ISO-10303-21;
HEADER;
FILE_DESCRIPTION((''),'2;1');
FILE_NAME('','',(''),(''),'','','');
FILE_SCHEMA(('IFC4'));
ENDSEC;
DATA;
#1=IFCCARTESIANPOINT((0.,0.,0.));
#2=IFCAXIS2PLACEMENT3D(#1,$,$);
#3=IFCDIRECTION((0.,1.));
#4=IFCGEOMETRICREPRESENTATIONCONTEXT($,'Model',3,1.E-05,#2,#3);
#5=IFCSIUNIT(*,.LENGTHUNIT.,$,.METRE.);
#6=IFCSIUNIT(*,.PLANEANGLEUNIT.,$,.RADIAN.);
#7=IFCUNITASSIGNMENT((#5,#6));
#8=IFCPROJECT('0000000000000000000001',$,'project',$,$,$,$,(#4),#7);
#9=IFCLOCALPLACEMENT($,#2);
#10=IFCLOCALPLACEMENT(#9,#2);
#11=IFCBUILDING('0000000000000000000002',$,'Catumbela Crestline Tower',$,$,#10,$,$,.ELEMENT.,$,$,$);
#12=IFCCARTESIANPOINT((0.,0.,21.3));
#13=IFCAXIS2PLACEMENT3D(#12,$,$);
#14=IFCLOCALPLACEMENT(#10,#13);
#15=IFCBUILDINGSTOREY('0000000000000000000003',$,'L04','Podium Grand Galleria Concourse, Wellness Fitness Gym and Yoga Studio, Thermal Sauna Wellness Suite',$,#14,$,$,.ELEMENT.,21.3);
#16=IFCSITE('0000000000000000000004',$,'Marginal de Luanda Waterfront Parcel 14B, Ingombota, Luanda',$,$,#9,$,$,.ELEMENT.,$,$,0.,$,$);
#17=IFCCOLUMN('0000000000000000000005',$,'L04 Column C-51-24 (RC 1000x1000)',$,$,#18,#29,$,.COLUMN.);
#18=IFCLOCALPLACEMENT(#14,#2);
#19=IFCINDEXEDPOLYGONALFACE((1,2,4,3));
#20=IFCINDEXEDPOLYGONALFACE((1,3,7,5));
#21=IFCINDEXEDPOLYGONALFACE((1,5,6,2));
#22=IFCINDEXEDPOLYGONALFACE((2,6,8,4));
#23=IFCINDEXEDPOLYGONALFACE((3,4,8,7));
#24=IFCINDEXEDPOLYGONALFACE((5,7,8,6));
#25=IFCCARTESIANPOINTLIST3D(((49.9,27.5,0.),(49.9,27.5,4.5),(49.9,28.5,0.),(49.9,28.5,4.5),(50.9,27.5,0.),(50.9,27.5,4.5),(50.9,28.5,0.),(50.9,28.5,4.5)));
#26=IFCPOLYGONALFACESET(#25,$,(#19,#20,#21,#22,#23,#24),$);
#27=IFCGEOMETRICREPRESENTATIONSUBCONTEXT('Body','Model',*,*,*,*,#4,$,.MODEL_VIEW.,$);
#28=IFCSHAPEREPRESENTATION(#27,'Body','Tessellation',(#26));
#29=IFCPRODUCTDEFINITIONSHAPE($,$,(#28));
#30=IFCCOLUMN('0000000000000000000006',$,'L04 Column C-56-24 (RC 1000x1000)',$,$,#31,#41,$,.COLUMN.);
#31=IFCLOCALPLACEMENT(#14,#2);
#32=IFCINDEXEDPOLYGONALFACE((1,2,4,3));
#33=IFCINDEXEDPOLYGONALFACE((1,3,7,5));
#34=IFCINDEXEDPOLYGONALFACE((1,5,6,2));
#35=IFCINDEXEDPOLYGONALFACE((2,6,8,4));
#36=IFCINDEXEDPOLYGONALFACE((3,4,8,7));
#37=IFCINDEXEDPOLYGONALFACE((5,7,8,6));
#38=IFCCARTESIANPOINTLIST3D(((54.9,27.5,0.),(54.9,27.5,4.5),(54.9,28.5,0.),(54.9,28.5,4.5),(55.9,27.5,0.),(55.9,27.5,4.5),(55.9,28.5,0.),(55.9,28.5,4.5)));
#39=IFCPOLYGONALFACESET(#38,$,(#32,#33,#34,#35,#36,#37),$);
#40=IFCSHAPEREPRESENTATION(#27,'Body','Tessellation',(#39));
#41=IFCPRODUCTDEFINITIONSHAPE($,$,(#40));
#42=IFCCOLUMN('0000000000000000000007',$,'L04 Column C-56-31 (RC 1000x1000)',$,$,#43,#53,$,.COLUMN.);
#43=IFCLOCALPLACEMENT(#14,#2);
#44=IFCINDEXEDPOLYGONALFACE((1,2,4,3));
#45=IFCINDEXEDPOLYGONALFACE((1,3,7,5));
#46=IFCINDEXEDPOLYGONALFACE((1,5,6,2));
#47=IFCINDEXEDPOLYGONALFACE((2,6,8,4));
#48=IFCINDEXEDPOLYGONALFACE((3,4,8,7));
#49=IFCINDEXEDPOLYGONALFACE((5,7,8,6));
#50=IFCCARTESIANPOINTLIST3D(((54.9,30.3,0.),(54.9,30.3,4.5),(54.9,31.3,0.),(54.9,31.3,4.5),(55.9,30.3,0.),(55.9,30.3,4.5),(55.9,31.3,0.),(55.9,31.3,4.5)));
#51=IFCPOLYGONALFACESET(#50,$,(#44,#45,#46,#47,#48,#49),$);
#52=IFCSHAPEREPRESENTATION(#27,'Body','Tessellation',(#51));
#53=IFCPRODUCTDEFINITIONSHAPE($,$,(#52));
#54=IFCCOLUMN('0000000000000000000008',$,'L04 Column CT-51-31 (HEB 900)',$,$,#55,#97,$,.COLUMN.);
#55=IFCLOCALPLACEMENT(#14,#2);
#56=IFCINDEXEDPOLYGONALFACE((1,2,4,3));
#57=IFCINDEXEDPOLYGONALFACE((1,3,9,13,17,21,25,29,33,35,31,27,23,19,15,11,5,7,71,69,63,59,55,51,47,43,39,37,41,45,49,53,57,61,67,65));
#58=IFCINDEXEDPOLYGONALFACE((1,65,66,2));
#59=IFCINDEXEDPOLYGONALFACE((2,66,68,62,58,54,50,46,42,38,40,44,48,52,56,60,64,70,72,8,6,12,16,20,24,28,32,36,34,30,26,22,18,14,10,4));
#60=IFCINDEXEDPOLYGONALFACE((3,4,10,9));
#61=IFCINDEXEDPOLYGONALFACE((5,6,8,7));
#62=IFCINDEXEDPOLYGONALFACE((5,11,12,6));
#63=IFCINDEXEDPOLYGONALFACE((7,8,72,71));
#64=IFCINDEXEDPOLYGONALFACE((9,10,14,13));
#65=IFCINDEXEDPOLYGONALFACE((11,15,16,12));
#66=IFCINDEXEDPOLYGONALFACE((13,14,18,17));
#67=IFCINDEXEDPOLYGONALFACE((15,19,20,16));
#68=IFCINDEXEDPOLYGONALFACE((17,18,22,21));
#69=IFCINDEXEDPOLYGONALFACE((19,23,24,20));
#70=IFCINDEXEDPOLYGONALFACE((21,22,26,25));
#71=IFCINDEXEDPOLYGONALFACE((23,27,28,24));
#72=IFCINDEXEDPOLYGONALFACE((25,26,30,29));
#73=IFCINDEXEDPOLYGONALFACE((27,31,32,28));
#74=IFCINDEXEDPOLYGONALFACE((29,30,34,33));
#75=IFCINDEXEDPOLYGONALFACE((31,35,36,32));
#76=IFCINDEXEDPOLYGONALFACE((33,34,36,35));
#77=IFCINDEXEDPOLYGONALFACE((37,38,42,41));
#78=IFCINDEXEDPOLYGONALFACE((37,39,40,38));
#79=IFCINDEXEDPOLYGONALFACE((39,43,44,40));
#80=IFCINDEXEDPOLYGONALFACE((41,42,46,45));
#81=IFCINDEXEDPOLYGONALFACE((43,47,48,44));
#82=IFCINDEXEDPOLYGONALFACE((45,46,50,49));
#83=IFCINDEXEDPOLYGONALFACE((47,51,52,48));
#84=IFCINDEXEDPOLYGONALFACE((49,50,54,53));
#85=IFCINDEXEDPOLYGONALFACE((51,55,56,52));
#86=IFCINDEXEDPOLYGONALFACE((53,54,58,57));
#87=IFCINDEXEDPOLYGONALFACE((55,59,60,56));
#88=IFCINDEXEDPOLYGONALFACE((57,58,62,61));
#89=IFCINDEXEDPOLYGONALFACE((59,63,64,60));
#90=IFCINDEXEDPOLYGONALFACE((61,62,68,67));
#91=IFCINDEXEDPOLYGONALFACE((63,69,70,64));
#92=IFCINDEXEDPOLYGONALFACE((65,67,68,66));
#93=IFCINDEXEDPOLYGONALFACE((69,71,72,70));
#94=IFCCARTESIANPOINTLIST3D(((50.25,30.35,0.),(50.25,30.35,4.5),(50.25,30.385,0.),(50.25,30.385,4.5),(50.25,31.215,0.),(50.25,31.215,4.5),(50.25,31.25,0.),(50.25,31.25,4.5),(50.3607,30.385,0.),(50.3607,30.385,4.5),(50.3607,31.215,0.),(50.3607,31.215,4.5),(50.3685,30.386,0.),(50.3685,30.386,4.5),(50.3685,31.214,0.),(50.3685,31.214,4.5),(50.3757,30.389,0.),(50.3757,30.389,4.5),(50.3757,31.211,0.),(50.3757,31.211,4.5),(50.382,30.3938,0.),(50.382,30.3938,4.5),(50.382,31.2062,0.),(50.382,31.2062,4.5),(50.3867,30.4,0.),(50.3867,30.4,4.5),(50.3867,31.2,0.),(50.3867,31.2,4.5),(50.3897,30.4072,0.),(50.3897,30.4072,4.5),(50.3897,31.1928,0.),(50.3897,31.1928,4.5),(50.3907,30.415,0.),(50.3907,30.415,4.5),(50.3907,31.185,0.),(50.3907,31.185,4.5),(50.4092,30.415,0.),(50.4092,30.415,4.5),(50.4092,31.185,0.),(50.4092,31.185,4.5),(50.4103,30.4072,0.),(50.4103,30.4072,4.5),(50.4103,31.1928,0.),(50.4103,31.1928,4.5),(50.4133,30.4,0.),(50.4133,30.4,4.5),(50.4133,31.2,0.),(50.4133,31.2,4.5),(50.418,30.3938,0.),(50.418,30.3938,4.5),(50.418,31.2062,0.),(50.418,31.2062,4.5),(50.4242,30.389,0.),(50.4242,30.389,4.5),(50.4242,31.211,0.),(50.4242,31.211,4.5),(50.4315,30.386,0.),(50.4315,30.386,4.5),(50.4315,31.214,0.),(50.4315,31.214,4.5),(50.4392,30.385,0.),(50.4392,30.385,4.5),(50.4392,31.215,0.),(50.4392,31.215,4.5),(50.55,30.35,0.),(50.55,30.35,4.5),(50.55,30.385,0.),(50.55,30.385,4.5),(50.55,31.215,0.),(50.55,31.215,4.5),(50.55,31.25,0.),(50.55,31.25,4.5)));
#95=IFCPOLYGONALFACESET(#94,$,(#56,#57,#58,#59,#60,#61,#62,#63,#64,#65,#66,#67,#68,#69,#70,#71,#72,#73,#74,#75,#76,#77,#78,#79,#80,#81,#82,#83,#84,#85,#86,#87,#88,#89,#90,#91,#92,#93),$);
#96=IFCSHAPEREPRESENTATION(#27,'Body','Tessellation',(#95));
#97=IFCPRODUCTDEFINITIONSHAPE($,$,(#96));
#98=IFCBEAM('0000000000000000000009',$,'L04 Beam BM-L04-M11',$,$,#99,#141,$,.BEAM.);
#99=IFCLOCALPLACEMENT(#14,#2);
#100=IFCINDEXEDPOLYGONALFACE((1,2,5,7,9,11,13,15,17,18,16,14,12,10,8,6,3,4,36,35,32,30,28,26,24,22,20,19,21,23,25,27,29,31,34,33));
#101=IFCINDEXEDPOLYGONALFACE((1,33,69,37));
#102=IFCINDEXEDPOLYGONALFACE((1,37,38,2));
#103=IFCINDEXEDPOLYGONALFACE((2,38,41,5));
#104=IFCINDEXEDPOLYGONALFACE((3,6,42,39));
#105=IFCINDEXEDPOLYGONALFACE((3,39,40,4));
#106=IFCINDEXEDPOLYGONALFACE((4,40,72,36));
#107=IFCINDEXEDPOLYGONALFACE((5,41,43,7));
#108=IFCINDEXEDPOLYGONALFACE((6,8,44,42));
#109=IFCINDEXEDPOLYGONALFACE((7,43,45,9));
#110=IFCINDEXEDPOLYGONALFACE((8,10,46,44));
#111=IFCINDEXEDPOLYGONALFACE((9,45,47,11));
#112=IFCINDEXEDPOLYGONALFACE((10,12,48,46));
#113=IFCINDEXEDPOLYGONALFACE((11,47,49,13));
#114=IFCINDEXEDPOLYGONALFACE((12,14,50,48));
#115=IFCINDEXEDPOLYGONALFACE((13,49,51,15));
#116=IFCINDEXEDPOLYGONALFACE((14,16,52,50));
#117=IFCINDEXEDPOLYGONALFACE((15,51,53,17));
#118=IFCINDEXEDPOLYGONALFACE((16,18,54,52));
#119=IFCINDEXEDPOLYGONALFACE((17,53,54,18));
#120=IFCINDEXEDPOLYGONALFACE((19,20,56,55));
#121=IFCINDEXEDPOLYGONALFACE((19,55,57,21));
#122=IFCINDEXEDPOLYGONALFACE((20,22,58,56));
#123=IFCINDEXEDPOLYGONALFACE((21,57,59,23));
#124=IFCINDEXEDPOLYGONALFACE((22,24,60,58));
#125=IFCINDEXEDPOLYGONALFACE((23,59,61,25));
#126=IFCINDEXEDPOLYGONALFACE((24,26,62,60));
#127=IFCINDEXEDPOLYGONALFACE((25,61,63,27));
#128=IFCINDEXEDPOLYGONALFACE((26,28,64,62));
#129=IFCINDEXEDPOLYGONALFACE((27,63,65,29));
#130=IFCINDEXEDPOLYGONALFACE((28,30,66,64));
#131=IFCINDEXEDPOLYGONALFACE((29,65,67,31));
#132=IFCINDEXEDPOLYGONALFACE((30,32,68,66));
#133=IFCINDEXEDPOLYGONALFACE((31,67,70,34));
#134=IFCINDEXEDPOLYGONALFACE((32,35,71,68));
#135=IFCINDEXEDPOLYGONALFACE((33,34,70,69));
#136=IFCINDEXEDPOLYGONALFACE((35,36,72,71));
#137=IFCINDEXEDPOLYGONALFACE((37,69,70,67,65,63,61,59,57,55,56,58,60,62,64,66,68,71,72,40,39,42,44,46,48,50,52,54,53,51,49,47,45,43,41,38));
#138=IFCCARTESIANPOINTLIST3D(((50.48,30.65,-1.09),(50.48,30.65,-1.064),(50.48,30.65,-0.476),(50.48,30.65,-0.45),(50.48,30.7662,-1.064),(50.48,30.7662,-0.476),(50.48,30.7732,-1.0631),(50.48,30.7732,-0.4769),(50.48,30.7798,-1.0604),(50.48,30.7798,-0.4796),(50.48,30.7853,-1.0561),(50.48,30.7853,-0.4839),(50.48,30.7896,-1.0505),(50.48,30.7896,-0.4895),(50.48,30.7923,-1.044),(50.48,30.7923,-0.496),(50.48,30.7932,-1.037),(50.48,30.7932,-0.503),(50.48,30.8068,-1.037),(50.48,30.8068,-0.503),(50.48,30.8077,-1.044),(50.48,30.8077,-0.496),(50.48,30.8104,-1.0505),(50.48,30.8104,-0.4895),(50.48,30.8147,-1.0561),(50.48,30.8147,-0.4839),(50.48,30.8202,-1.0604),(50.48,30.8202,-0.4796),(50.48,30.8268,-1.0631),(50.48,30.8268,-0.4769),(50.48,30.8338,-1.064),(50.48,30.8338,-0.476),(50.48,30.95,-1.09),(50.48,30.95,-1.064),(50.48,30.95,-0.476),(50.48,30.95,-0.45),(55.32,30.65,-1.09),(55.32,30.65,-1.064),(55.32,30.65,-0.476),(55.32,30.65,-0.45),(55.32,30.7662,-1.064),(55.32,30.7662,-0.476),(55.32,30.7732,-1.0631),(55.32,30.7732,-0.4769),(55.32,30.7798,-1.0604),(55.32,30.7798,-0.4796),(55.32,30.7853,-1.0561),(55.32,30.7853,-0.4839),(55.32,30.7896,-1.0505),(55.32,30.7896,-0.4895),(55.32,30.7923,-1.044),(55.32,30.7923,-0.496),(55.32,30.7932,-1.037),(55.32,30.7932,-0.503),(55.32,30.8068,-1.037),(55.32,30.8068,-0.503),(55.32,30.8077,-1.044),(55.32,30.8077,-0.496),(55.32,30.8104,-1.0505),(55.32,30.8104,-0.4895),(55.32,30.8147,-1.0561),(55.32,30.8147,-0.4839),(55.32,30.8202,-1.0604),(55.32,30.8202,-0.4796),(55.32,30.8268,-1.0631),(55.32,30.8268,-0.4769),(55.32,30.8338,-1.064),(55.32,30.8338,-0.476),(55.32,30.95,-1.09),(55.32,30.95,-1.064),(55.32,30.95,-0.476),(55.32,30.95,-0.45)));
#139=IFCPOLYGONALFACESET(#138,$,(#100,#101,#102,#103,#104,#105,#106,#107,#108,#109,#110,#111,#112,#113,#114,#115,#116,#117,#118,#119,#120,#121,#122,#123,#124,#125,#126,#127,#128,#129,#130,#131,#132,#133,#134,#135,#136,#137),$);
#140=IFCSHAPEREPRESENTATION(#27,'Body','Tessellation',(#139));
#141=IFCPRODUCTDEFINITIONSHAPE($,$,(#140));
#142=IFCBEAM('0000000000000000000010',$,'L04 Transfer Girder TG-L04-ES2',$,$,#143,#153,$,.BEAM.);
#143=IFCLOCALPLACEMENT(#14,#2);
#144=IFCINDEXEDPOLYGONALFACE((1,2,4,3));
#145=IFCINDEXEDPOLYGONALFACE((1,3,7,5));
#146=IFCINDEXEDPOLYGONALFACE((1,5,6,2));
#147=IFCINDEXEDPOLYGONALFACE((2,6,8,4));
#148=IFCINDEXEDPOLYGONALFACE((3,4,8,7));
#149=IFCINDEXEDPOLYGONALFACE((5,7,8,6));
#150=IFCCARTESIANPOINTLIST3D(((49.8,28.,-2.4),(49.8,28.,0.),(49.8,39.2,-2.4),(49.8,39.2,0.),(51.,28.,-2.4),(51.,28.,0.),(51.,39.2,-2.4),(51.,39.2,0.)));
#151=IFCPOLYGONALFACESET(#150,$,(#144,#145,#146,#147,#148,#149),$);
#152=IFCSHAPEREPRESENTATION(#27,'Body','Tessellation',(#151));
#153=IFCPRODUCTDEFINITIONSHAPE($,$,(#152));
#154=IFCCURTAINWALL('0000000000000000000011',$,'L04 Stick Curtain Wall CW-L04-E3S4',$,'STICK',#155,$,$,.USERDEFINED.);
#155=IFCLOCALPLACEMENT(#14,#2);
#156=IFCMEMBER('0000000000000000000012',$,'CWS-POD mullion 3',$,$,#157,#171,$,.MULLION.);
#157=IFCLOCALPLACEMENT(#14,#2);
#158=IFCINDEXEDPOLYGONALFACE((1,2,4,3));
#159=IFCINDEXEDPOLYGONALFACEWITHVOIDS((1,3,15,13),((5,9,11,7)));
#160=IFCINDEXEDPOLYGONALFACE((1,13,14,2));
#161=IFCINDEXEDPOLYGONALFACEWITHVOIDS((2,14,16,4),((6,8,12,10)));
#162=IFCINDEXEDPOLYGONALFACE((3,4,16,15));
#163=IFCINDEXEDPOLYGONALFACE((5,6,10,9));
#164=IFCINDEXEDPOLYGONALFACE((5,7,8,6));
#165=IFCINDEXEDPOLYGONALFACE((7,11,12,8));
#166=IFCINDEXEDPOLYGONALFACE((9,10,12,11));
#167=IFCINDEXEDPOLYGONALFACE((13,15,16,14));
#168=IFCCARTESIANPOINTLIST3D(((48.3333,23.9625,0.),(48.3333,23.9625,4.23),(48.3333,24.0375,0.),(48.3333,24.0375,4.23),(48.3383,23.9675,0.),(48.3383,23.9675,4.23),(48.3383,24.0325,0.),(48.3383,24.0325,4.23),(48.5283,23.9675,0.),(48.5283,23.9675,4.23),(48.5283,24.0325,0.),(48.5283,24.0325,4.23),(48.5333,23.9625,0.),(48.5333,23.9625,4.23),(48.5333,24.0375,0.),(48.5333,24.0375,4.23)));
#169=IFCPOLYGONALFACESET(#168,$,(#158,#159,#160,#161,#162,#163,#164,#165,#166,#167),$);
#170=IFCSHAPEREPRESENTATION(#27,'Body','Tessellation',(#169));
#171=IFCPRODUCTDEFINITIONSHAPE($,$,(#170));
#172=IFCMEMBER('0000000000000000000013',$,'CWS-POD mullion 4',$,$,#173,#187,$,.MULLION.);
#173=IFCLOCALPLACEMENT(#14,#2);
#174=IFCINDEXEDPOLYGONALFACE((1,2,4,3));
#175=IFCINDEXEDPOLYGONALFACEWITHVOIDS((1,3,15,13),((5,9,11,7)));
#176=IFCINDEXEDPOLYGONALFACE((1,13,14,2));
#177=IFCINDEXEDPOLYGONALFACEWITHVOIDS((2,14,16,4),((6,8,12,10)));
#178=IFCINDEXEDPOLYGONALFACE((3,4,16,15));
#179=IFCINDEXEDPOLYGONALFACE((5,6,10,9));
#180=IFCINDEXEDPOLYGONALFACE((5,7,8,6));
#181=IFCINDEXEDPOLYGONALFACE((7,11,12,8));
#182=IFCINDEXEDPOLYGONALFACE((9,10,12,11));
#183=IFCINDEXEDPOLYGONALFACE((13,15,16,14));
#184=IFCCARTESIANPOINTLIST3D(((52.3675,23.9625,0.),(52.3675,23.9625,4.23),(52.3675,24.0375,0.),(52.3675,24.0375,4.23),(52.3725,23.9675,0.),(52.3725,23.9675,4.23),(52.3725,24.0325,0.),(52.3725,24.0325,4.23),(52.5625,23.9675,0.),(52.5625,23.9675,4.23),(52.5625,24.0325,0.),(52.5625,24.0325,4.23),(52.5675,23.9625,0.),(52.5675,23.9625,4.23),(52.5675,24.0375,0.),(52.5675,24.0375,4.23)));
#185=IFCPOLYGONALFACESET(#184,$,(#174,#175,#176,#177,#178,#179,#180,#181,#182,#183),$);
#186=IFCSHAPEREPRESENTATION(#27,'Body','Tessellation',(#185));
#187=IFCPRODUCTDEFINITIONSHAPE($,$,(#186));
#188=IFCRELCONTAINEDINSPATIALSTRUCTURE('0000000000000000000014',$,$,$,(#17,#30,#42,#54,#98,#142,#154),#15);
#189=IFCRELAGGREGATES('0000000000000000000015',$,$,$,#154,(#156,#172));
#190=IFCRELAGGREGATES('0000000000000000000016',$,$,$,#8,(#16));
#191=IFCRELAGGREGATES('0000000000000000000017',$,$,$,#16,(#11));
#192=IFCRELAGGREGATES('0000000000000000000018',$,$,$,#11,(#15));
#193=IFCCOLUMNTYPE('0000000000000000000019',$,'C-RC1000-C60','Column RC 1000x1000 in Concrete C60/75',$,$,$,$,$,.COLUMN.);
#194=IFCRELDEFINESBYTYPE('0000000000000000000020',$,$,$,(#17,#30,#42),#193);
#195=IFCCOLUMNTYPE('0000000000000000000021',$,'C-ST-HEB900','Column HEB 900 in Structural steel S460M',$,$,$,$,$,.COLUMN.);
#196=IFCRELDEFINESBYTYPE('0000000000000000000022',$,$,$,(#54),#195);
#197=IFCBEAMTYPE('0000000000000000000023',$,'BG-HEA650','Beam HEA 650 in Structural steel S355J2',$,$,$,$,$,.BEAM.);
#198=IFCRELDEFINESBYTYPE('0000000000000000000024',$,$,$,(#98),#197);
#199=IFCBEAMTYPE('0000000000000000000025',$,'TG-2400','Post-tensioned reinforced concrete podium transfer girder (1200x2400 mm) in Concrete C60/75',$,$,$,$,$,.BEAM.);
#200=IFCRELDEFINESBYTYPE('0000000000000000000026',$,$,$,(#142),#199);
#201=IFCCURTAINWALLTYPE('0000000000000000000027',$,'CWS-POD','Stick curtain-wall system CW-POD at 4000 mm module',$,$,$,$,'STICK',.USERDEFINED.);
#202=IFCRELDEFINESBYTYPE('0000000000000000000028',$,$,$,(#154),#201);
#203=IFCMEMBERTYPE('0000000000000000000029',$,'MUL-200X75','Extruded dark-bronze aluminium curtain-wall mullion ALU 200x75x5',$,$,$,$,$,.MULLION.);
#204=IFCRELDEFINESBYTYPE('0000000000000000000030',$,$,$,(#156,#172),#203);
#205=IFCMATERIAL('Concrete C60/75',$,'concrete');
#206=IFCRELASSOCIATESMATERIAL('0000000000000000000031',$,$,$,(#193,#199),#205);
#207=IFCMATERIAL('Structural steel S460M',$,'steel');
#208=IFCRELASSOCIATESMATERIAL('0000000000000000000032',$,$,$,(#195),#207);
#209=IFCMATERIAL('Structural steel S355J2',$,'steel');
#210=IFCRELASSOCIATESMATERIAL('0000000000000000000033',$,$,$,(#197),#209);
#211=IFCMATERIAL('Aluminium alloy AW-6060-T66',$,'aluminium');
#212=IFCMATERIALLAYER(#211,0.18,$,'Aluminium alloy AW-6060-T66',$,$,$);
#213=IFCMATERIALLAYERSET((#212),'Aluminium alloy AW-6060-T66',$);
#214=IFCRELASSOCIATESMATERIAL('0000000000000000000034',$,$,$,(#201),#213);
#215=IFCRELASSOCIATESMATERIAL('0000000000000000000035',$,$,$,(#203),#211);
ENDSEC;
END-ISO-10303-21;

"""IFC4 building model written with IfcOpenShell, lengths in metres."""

from ifc_helpers import new_model, si_unit, direction, frame, origin, origin_2d, place, context, subcontext, project, spatial, rectangle, hollow_rectangle, i_section, extrude, material, layer, layer_set, material_profile, profile_set, type_object, element, aggregate, save


model = new_model("IFC4")

# Units and contexts
model_context = context("Model", 3, precision=1e-05, world=origin(), true_north=direction((0.0, 1.0)))
body_context = subcontext(model_context, "Body", "Model", "MODEL_VIEW")
ifc_project = project(units=[si_unit("LENGTHUNIT", "METRE"), si_unit("PLANEANGLEUNIT", "RADIAN")], contexts=[model_context])

# Site, building, storey
site_placement = place(None, origin())
site = spatial("IfcSite", under=ifc_project, at=site_placement, Name="Marginal de Luanda Waterfront Parcel 14B, Ingombota, Luanda", CompositionType="ELEMENT", RefElevation=0.0)
building_placement = place(site_placement, origin())
building = spatial("IfcBuilding", under=site, at=building_placement, Name="Catumbela Crestline Tower", CompositionType="ELEMENT")
storey_placement = place(building_placement, frame((0.0, 0.0, 21.3)))
storey = spatial("IfcBuildingStorey", under=building, at=storey_placement, Name="L04", Description="Podium Grand Galleria Concourse, Wellness Fitness Gym and Yoga Studio, Thermal Sauna Wellness Suite", CompositionType="ELEMENT", Elevation=21.3)

# Columns
ifc_material_1 = material(Name="Concrete C60/75", Category="concrete")
ifc_material_profile_1 = material_profile(ifc_material_1, rectangle(XDim=1.0, YDim=1.0, at=origin_2d()), Name="RC 1000x1000")
ifc_profile_set_1 = profile_set([ifc_material_profile_1], Name="Concrete C60/75")
column_type_1 = type_object("IfcColumnType", Name="C-RC1000-C60", Description="Column RC 1000x1000 in Concrete C60/75", PredefinedType="COLUMN", material=ifc_profile_set_1)
for number, where, z_axis, x_axis, name in (
    (1, (50.4, 28.0, 0.0), (0.0, 0.0, 1.0), (1.0, 0.0, 0.0), "L04 Column C-51-24 (RC 1000x1000)"),
    (2, (55.4, 28.0, 0.0), (0.0, 0.0, 1.0), (1.0, 0.0, 0.0), "L04 Column C-56-24 (RC 1000x1000)"),
    (3, (55.4, 30.8, 0.0), (0.0, 0.0, 1.0), (1.0, 0.0, 0.0), "L04 Column C-56-31 (RC 1000x1000)"),
):
    element("IfcColumn", number, at=place(storey_placement, frame(where, z_axis=z_axis, x_axis=x_axis)), inside=storey, type_object=column_type_1, Name=name, PredefinedType="COLUMN", context=body_context, shape_type="SweptSolid", body=[
        extrude(rectangle(XDim=1.0, YDim=1.0, at=origin_2d()), origin(), (0.0, 0.0, 1.0), 4.5),
    ])
ifc_material_2 = material(Name="Structural steel S460M", Category="steel")
ifc_material_profile_2 = material_profile(ifc_material_2, i_section(OverallWidth=0.3, OverallDepth=0.9, WebThickness=0.0185, FlangeThickness=0.035, FilletRadius=0.03, at=origin_2d()), Name="HEB 900")
ifc_profile_set_2 = profile_set([ifc_material_profile_2], Name="Structural steel S460M")
column_type_2 = type_object("IfcColumnType", Name="C-ST-HEB900", Description="Column HEB 900 in Structural steel S460M", PredefinedType="COLUMN", material=ifc_profile_set_2)
column_placement = place(storey_placement, frame((50.4, 30.8, 0.0), z_axis=(0.0, 0.0, 1.0), x_axis=(1.0, 0.0, 0.0)))
element("IfcColumn", 4, at=column_placement, inside=storey, type_object=column_type_2, Name="L04 Column CT-51-31 (HEB 900)", PredefinedType="COLUMN", context=body_context, shape_type="SweptSolid", body=[
    extrude(i_section(OverallWidth=0.3, OverallDepth=0.9, WebThickness=0.0185, FlangeThickness=0.035, FilletRadius=0.03, at=origin_2d()), origin(), (0.0, 0.0, 1.0), 4.5),
])

# Beams
ifc_material_3 = material(Name="Structural steel S355J2", Category="steel")
ifc_material_profile_3 = material_profile(ifc_material_3, i_section(OverallWidth=0.3, OverallDepth=0.64, WebThickness=0.0135, FlangeThickness=0.026, FilletRadius=0.027, at=origin_2d()), Name="HEA 650")
ifc_profile_set_3 = profile_set([ifc_material_profile_3], Name="Structural steel S355J2")
beam_type_1 = type_object("IfcBeamType", Name="BG-HEA650", Description="Beam HEA 650 in Structural steel S355J2", PredefinedType="BEAM", material=ifc_profile_set_3)
beam_1_placement = place(storey_placement, frame((50.48, 30.8, -0.77), z_axis=(1.0, 0.0, 0.0), x_axis=(0.0, 1.0, 0.0)))
element("IfcBeam", 5, at=beam_1_placement, inside=storey, type_object=beam_type_1, Name="L04 Beam BM-L04-M11", PredefinedType="BEAM", context=body_context, shape_type="SweptSolid", body=[
    extrude(i_section(OverallWidth=0.3, OverallDepth=0.64, WebThickness=0.0135, FlangeThickness=0.026, FilletRadius=0.027, at=origin_2d()), origin(), (0.0, 0.0, 1.0), 4.84),
])
ifc_material_profile_4 = material_profile(ifc_material_1, rectangle(XDim=1.2, YDim=2.4, at=origin_2d()), Name="RC 1200x2400")
ifc_profile_set_4 = profile_set([ifc_material_profile_4], Name="Concrete C60/75")
beam_type_2 = type_object("IfcBeamType", Name="TG-2400", Description="Post-tensioned reinforced concrete podium transfer girder (1200x2400 mm) in Concrete C60/75", PredefinedType="BEAM", material=ifc_profile_set_4)
beam_2_placement = place(storey_placement, frame((50.4, 28.0, -1.2), z_axis=(0.0, 1.0, 0.0), x_axis=(-1.0, 0.0, 0.0)))
element("IfcBeam", 6, at=beam_2_placement, inside=storey, type_object=beam_type_2, Name="L04 Transfer Girder TG-L04-ES2", PredefinedType="BEAM", context=body_context, shape_type="SweptSolid", body=[
    extrude(rectangle(XDim=1.2, YDim=2.4, at=origin_2d()), origin(), (0.0, 0.0, 1.0), 11.2),
])

# Curtain wall, members
ifc_material_4 = material(Name="Aluminium alloy AW-6060-T66", Category="aluminium")
ifc_layer_1 = layer(ifc_material_4, 0.18, Name="Aluminium alloy AW-6060-T66")
ifc_layer_set_1 = layer_set([ifc_layer_1], Name="Aluminium alloy AW-6060-T66")
curtain_wall_type = type_object("IfcCurtainWallType", Name="CWS-POD", Description="Stick curtain-wall system CW-POD at 4000 mm module", ElementType="STICK", PredefinedType="USERDEFINED", material=ifc_layer_set_1)
curtain_wall_1_placement = place(storey_placement, origin())
curtain_wall_1 = element("IfcCurtainWall", 7, at=curtain_wall_1_placement, inside=storey, type_object=curtain_wall_type, Name="L04 Stick Curtain Wall CW-L04-E3S4", ObjectType="STICK", PredefinedType="USERDEFINED")
ifc_material_profile_5 = material_profile(ifc_material_4, hollow_rectangle(XDim=0.075, YDim=0.2, WallThickness=0.005, at=origin_2d()), Name="ALU 200x75x5")
ifc_profile_set_5 = profile_set([ifc_material_profile_5], Name="Aluminium alloy AW-6060-T66")
member_type_1 = type_object("IfcMemberType", Name="MUL-200X75", Description="Extruded dark-bronze aluminium curtain-wall mullion ALU 200x75x5", PredefinedType="MULLION", material=ifc_profile_set_5)
member_1_placement = place(storey_placement, frame((48.4333, 24.0, 0.0), z_axis=(0.0, 0.0, 1.0), x_axis=(0.0, 1.0, 0.0)))
member_1 = element("IfcMember", 8, at=member_1_placement, type_object=member_type_1, Name="CWS-POD mullion 3", PredefinedType="MULLION", context=body_context, shape_type="SweptSolid", body=[
    extrude(hollow_rectangle(XDim=0.075, YDim=0.2, WallThickness=0.005, at=origin_2d()), origin(), (0.0, 0.0, 1.0), 4.23),
])
member_2_placement = place(storey_placement, frame((52.4675, 24.0, 0.0), z_axis=(0.0, 0.0, 1.0), x_axis=(0.0, 1.0, 0.0)))
member_2 = element("IfcMember", 9, at=member_2_placement, type_object=member_type_1, Name="CWS-POD mullion 4", PredefinedType="MULLION", context=body_context, shape_type="SweptSolid", body=[
    extrude(hollow_rectangle(XDim=0.075, YDim=0.2, WallThickness=0.005, at=origin_2d()), origin(), (0.0, 0.0, 1.0), 4.23),
])

aggregate(curtain_wall_1, [member_1, member_2])

save(model, "model.ifc")
